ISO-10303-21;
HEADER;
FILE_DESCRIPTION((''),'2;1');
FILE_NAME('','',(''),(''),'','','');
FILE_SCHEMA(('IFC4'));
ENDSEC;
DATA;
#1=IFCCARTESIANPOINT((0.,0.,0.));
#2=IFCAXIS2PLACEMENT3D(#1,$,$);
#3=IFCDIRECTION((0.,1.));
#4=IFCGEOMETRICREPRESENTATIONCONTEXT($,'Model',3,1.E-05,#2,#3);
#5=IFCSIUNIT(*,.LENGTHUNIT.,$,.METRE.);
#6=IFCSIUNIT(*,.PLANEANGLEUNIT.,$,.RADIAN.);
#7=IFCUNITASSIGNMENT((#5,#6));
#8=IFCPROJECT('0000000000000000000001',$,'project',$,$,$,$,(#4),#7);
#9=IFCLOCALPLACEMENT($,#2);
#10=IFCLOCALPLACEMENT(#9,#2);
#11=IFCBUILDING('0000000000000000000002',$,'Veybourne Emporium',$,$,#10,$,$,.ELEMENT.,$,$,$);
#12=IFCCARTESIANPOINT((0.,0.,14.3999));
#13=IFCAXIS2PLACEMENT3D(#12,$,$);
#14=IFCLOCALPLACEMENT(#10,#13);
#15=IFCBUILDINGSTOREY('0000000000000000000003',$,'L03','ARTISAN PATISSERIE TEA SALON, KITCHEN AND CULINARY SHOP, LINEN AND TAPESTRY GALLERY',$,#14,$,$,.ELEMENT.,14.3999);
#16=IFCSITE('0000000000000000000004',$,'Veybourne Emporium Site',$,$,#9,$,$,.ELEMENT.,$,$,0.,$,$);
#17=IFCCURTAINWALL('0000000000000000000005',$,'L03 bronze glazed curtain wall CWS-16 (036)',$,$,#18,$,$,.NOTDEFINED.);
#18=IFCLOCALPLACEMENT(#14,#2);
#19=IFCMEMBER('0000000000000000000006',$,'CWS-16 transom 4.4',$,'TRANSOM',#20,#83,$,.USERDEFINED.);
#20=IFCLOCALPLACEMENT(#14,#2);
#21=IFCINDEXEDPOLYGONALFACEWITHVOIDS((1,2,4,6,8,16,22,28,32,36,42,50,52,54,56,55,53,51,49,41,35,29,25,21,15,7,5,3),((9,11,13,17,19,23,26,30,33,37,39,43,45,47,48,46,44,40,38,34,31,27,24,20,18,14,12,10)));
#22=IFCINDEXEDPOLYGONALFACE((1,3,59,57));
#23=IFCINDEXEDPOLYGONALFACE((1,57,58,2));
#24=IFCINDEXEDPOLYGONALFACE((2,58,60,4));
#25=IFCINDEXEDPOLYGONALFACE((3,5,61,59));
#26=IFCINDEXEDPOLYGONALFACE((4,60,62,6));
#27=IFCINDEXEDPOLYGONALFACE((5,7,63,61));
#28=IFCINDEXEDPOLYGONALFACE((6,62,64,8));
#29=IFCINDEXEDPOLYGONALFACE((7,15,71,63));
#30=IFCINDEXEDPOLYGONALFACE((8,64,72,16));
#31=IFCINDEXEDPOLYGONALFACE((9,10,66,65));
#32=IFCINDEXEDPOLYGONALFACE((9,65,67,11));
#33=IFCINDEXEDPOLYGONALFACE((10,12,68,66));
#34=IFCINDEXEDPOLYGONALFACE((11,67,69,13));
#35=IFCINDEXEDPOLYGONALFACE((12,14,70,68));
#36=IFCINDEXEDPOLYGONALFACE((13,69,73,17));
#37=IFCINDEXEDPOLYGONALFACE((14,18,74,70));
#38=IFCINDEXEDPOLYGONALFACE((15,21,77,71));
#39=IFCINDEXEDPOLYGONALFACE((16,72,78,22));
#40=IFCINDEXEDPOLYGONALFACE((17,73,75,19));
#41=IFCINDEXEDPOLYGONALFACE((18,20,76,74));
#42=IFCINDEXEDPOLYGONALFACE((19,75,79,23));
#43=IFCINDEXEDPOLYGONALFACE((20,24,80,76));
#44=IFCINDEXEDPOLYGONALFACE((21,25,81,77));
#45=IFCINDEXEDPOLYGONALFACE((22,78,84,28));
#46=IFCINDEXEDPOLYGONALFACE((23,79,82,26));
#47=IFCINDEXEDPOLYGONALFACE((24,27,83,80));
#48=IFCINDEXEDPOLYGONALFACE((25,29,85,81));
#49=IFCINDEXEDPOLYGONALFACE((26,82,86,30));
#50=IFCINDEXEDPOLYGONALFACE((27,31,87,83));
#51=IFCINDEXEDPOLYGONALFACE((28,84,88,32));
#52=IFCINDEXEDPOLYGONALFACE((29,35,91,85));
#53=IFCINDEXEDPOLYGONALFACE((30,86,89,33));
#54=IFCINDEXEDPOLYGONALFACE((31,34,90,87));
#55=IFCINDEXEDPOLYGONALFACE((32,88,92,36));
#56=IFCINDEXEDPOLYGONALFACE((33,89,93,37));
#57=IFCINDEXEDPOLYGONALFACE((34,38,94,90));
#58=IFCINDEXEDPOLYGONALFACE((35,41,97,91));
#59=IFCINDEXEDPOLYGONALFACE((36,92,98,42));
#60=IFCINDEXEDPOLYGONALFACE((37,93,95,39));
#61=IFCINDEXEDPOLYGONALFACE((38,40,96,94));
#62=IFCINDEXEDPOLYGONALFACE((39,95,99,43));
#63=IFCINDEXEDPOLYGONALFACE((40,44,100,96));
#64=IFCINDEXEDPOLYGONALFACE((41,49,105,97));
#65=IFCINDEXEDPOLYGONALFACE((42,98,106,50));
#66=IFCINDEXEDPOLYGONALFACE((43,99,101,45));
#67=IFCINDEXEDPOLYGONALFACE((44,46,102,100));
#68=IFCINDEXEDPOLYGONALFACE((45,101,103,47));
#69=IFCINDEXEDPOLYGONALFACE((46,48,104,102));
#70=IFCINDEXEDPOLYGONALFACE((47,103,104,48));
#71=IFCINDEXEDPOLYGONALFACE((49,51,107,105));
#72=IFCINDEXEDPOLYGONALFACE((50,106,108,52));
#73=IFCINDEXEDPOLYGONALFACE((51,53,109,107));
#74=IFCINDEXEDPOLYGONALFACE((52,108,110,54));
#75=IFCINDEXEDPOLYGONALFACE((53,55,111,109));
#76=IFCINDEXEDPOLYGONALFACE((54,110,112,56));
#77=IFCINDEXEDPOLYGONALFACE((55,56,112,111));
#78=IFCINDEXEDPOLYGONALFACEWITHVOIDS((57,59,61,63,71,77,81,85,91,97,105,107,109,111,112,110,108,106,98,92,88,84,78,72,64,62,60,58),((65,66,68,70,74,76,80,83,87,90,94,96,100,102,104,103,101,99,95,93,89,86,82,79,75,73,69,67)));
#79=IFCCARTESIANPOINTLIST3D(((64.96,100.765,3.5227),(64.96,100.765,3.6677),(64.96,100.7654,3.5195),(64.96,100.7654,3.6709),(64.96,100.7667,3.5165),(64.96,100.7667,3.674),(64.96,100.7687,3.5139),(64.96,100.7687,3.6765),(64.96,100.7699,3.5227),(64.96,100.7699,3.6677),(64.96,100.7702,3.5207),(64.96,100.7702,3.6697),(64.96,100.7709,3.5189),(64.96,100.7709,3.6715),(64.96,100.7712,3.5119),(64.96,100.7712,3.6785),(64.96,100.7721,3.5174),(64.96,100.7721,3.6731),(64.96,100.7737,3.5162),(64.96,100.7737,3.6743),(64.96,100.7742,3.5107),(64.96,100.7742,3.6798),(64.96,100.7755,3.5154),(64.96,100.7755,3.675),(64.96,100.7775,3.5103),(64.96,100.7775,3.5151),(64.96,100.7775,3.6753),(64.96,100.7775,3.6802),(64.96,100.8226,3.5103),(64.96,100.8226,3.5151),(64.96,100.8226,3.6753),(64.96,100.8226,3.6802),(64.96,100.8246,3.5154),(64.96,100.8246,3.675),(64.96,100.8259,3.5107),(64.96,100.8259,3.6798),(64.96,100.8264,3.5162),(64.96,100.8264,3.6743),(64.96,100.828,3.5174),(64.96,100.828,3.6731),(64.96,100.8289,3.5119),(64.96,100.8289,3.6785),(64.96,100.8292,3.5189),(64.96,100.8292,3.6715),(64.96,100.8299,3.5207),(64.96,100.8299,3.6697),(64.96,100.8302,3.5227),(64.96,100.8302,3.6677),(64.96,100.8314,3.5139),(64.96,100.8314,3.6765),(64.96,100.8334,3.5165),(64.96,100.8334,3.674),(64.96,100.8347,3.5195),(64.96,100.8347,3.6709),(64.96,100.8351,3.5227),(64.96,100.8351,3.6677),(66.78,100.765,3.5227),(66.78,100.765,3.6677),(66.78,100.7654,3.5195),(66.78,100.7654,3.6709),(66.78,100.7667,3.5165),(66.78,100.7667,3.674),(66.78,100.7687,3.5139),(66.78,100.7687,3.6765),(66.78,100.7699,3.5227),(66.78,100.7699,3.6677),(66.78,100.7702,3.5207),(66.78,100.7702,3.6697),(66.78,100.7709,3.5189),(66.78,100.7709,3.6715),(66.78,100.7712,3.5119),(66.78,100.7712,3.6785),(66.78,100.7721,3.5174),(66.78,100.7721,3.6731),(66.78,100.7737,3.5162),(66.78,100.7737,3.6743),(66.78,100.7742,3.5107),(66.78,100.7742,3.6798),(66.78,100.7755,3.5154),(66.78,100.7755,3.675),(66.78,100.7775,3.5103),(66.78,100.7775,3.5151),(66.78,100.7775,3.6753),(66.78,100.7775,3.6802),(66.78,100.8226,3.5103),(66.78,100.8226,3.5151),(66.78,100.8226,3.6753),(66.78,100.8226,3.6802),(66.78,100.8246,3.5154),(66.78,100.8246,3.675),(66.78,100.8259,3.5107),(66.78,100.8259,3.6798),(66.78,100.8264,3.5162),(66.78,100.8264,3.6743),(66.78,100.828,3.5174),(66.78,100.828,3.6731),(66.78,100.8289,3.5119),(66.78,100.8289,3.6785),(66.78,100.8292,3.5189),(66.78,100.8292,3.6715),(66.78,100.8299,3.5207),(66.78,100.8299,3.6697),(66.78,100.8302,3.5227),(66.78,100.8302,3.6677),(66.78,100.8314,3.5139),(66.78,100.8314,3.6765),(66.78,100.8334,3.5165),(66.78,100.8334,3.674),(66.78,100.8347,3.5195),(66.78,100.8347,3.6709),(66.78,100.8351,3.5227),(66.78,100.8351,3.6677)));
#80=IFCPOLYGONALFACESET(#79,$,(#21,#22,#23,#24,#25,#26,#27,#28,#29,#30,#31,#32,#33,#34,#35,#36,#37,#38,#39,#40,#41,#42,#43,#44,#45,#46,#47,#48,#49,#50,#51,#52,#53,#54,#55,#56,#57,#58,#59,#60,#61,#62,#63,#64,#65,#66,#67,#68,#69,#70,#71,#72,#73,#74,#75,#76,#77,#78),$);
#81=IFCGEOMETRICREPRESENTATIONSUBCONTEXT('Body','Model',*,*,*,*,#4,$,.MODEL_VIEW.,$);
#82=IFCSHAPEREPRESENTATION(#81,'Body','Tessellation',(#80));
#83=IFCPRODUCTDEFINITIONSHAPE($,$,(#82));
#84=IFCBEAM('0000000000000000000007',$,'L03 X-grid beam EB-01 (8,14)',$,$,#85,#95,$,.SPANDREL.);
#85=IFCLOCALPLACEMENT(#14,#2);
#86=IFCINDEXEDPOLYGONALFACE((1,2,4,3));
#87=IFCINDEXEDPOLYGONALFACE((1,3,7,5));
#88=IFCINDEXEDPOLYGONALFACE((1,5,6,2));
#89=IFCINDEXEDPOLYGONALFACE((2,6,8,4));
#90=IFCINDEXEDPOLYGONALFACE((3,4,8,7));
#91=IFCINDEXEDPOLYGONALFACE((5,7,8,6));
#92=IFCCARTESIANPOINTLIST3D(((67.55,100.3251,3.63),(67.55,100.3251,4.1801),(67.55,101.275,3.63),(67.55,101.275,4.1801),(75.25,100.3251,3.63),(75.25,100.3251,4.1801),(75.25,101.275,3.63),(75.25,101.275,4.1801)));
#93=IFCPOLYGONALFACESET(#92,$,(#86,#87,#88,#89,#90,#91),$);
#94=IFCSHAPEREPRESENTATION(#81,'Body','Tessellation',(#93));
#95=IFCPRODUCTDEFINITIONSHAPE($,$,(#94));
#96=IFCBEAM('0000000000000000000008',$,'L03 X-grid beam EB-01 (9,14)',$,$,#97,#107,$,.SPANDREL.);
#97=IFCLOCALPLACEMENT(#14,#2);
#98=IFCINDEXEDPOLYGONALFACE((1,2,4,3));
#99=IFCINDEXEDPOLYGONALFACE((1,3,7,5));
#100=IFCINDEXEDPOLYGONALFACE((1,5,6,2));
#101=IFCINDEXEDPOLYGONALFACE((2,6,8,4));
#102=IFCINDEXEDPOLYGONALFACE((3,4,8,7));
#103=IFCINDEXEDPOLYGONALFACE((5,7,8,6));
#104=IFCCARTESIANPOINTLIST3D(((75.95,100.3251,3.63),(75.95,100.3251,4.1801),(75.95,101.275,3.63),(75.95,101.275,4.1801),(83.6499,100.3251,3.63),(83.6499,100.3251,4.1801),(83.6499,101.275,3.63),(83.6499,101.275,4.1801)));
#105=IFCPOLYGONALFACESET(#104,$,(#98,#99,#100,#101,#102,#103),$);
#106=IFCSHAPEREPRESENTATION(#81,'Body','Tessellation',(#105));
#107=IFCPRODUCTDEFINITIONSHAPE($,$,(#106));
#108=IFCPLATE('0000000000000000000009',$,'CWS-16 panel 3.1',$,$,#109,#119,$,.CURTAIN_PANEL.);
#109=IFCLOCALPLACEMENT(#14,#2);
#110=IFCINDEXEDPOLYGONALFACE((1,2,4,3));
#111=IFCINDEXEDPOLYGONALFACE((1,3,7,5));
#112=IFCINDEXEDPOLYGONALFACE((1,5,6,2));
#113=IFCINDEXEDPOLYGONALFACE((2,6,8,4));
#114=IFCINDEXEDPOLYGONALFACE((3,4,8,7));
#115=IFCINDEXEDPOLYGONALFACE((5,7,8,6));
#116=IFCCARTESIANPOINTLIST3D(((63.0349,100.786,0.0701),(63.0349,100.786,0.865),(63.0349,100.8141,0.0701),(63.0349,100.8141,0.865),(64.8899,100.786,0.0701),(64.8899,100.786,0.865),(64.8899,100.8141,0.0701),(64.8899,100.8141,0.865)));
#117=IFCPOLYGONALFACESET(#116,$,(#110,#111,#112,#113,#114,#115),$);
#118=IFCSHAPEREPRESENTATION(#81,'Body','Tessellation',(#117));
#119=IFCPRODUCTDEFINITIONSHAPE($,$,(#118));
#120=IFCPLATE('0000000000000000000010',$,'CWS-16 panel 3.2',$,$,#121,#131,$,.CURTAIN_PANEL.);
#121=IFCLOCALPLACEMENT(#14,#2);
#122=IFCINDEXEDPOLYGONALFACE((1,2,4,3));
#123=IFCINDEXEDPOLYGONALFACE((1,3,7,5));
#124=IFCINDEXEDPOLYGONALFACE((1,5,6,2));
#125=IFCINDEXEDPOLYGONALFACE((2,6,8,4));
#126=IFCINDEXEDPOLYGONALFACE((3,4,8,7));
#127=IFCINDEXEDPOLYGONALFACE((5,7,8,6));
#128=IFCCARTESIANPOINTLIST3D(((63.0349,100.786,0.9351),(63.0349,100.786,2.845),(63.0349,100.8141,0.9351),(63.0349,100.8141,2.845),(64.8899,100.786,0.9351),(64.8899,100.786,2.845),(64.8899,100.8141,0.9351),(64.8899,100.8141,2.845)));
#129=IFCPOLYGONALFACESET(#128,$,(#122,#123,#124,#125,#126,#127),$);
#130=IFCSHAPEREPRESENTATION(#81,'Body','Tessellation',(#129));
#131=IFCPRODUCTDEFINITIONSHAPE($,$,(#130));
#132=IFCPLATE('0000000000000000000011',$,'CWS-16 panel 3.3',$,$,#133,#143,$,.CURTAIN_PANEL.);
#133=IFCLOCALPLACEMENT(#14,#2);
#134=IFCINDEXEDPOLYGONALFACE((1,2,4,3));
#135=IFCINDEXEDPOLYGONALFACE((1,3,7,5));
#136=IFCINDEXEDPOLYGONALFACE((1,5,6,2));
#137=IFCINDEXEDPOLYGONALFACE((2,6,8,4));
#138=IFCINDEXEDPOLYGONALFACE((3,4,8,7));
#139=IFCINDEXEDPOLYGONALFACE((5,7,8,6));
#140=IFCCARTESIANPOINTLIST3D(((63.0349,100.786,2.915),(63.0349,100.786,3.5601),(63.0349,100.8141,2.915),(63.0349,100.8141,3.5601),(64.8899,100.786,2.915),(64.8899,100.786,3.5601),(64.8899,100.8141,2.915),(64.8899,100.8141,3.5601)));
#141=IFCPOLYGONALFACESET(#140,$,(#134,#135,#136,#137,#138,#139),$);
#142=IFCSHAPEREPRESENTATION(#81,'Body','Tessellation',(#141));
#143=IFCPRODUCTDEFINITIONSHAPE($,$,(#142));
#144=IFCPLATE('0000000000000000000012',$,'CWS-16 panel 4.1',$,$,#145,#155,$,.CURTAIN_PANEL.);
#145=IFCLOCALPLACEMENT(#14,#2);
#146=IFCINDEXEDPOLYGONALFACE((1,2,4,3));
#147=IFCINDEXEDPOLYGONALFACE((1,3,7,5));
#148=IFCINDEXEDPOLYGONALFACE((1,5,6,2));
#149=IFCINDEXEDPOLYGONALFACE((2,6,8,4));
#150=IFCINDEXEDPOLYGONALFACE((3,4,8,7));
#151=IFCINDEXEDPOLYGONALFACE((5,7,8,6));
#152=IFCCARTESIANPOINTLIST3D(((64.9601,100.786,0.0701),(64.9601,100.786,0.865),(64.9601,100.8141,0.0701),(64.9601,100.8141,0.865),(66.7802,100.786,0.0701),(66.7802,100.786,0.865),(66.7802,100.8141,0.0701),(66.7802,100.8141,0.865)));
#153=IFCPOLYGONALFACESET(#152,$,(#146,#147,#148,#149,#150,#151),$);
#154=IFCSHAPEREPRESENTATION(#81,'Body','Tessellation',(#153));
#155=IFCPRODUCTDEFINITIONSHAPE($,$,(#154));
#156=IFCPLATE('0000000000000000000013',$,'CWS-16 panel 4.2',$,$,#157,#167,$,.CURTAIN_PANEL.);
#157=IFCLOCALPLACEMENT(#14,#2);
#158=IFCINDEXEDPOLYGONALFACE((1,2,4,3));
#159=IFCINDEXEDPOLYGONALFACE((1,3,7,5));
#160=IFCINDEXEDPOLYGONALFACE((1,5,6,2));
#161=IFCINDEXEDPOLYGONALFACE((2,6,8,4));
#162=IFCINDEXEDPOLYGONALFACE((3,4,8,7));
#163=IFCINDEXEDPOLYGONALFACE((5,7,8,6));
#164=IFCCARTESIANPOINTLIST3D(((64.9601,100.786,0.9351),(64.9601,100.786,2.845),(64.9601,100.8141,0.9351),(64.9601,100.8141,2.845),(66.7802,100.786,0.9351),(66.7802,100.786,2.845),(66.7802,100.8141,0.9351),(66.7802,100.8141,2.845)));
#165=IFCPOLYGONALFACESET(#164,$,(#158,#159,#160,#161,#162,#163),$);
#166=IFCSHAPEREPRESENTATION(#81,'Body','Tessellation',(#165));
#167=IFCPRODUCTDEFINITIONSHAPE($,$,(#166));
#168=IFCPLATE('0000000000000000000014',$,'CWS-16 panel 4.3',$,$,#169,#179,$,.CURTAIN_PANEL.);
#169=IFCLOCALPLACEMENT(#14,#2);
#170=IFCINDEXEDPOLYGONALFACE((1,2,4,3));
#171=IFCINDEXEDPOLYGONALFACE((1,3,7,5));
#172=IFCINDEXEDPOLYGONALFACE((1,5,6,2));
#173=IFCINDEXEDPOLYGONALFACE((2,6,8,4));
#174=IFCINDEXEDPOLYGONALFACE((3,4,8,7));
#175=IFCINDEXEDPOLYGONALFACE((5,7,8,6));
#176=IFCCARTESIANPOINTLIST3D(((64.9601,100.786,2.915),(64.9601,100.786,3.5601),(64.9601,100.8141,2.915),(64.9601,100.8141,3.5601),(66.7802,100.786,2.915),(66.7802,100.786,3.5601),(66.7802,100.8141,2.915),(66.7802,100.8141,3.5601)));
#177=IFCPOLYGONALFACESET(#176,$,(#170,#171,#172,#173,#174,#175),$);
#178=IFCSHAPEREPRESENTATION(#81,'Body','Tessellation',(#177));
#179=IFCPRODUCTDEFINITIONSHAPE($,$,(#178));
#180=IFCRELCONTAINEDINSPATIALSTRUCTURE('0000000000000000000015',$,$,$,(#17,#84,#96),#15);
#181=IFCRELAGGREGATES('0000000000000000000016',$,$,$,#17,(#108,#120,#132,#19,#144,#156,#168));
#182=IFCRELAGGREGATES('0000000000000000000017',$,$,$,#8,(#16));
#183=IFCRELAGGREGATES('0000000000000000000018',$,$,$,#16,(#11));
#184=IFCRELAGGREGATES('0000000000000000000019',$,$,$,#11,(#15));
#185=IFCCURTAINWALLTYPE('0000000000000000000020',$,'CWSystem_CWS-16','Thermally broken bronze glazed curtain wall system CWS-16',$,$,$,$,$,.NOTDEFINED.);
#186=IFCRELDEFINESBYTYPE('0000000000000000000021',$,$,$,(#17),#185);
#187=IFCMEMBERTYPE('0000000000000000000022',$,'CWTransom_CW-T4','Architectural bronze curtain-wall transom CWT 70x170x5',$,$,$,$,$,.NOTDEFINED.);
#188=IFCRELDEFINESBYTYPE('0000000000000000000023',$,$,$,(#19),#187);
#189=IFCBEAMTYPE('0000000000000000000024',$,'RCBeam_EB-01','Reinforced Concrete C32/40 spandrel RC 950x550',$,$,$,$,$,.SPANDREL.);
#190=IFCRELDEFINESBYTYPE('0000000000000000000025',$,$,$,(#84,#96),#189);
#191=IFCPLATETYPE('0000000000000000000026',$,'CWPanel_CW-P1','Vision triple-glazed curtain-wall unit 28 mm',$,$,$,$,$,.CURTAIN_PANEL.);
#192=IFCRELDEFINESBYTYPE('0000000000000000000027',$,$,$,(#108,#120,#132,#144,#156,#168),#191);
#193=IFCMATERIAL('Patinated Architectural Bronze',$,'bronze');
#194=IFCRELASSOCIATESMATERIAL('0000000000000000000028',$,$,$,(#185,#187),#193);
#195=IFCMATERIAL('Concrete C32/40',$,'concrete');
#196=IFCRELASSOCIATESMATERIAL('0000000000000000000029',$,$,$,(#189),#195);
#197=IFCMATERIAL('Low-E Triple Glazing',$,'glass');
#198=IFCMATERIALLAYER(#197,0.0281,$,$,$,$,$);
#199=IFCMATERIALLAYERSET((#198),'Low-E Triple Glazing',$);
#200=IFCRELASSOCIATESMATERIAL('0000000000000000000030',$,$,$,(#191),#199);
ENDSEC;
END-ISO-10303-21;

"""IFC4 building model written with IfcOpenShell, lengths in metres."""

from ifc_helpers import new_model, si_unit, direction, frame, origin, origin_2d, place, context, subcontext, project, spatial, rectangle, hollow_rectangle, extrude, material, layer, layer_set, material_profile, profile_set, type_object, element, aggregate, save


model = new_model("IFC4")

# Units and contexts
model_context = context("Model", 3, precision=1e-05, world=origin(), true_north=direction((0.0, 1.0)))
body_context = subcontext(model_context, "Body", "Model", "MODEL_VIEW")
ifc_project = project(units=[si_unit("LENGTHUNIT", "METRE"), si_unit("PLANEANGLEUNIT", "RADIAN")], contexts=[model_context])

# Site, building, storey
site_placement = place(None, origin())
site = spatial("IfcSite", under=ifc_project, at=site_placement, Name="Veybourne Emporium Site", CompositionType="ELEMENT", RefElevation=0.0)
building_placement = place(site_placement, origin())
building = spatial("IfcBuilding", under=site, at=building_placement, Name="Veybourne Emporium", CompositionType="ELEMENT")
storey_placement = place(building_placement, frame((0.0, 0.0, 14.3999)))
storey = spatial("IfcBuildingStorey", under=building, at=storey_placement, Name="L03", Description="ARTISAN PATISSERIE TEA SALON, KITCHEN AND CULINARY SHOP, LINEN AND TAPESTRY GALLERY", CompositionType="ELEMENT", Elevation=14.3999)

# Curtain wall, member
ifc_material_1 = material(Name="Patinated Architectural Bronze", Category="bronze")
curtain_wall_type = type_object("IfcCurtainWallType", Name="CWSystem_CWS-16", Description="Thermally broken bronze glazed curtain wall system CWS-16", PredefinedType="NOTDEFINED", material=ifc_material_1)
curtain_wall_placement = place(storey_placement, origin())
curtain_wall = element("IfcCurtainWall", 1, at=curtain_wall_placement, inside=storey, type_object=curtain_wall_type, Name="L03 bronze glazed curtain wall CWS-16 (036)", PredefinedType="NOTDEFINED")
ifc_material_profile_1 = material_profile(ifc_material_1, hollow_rectangle(XDim=0.0701, YDim=0.1699, WallThickness=0.0049, InnerFilletRadius=0.0076, OuterFilletRadius=0.0125, at=origin_2d()), Name="CWT 70x170x5")
ifc_profile_set_1 = profile_set([ifc_material_profile_1], Name="Patinated Architectural Bronze")
member_type_1 = type_object("IfcMemberType", Name="CWTransom_CW-T4", Description="Architectural bronze curtain-wall transom CWT 70x170x5", PredefinedType="NOTDEFINED", material=ifc_profile_set_1)
member_1_placement = place(storey_placement, frame((64.96, 100.8, 3.5952), z_axis=(1.0, 0.0, 0.0), x_axis=(0.0, 1.0, 0.0)))
member_1 = element("IfcMember", 2, at=member_1_placement, type_object=member_type_1, Name="CWS-16 transom 4.4", ObjectType="TRANSOM", PredefinedType="USERDEFINED", context=body_context, shape_type="SweptSolid", body=[
    extrude(hollow_rectangle(XDim=0.0701, YDim=0.1699, WallThickness=0.0049, InnerFilletRadius=0.0076, OuterFilletRadius=0.0125, at=origin_2d()), origin(), (0.0, 0.0, 1.0), 1.8201),
])

# Beams
ifc_material_2 = material(Name="Concrete C32/40", Category="concrete")
ifc_material_profile_2 = material_profile(ifc_material_2, rectangle(XDim=0.95, YDim=0.55, at=origin_2d()), Name="RC 950x550")
ifc_profile_set_2 = profile_set([ifc_material_profile_2], Name="Concrete C32/40")
beam_type = type_object("IfcBeamType", Name="RCBeam_EB-01", Description="Reinforced Concrete C32/40 spandrel RC 950x550", PredefinedType="SPANDREL", material=ifc_profile_set_2)
for number, where, z_axis, x_axis, name in (
    (3, (67.55, 100.8, 3.905), (1.0, 0.0, 0.0), (0.0, 1.0, 0.0), "L03 X-grid beam EB-01 (8,14)"),
    (4, (75.95, 100.8, 3.905), (1.0, 0.0, 0.0), (0.0, 1.0, 0.0), "L03 X-grid beam EB-01 (9,14)"),
):
    element("IfcBeam", number, at=place(storey_placement, frame(where, z_axis=z_axis, x_axis=x_axis)), inside=storey, type_object=beam_type, Name=name, PredefinedType="SPANDREL", context=body_context, shape_type="SweptSolid", body=[
        extrude(rectangle(XDim=0.95, YDim=0.55, at=origin_2d()), origin(), (0.0, 0.0, 1.0), 7.7),
    ])

# Plates
ifc_material_3 = material(Name="Low-E Triple Glazing", Category="glass")
ifc_layer_1 = layer(ifc_material_3, 0.0281)
ifc_layer_set_1 = layer_set([ifc_layer_1], Name="Low-E Triple Glazing")
plate_type = type_object("IfcPlateType", Name="CWPanel_CW-P1", Description="Vision triple-glazed curtain-wall unit 28 mm", PredefinedType="CURTAIN_PANEL", material=ifc_layer_set_1)
plate_1_placement = place(storey_placement, frame((63.9624, 100.8, 0.0701), z_axis=(0.0, 0.0, 1.0), x_axis=(1.0, 0.0, 0.0)))
plate_1 = element("IfcPlate", 5, at=plate_1_placement, type_object=plate_type, Name="CWS-16 panel 3.1", PredefinedType="CURTAIN_PANEL", context=body_context, shape_type="SweptSolid", body=[
    extrude(rectangle(XDim=1.855, YDim=0.0281, at=origin_2d()), origin(), (0.0, 0.0, 1.0), 0.7949),
])
plate_2_placement = place(storey_placement, frame((63.9624, 100.8, 0.9351), z_axis=(0.0, 0.0, 1.0), x_axis=(1.0, 0.0, 0.0)))
plate_2 = element("IfcPlate", 6, at=plate_2_placement, type_object=plate_type, Name="CWS-16 panel 3.2", PredefinedType="CURTAIN_PANEL", context=body_context, shape_type="SweptSolid", body=[
    extrude(rectangle(XDim=1.855, YDim=0.0281, at=origin_2d()), origin(), (0.0, 0.0, 1.0), 1.9099),
])
plate_3_placement = place(storey_placement, frame((63.9624, 100.8, 2.915), z_axis=(0.0, 0.0, 1.0), x_axis=(1.0, 0.0, 0.0)))
plate_3 = element("IfcPlate", 7, at=plate_3_placement, type_object=plate_type, Name="CWS-16 panel 3.3", PredefinedType="CURTAIN_PANEL", context=body_context, shape_type="SweptSolid", body=[
    extrude(rectangle(XDim=1.855, YDim=0.0281, at=origin_2d()), origin(), (0.0, 0.0, 1.0), 0.645),
])
plate_4_placement = place(storey_placement, frame((65.8701, 100.8, 0.0701), z_axis=(0.0, 0.0, 1.0), x_axis=(1.0, 0.0, 0.0)))
plate_4 = element("IfcPlate", 8, at=plate_4_placement, type_object=plate_type, Name="CWS-16 panel 4.1", PredefinedType="CURTAIN_PANEL", context=body_context, shape_type="SweptSolid", body=[
    extrude(rectangle(XDim=1.8201, YDim=0.0281, at=origin_2d()), origin(), (0.0, 0.0, 1.0), 0.7949),
])
plate_5_placement = place(storey_placement, frame((65.8701, 100.8, 0.9351), z_axis=(0.0, 0.0, 1.0), x_axis=(1.0, 0.0, 0.0)))
plate_5 = element("IfcPlate", 9, at=plate_5_placement, type_object=plate_type, Name="CWS-16 panel 4.2", PredefinedType="CURTAIN_PANEL", context=body_context, shape_type="SweptSolid", body=[
    extrude(rectangle(XDim=1.8201, YDim=0.0281, at=origin_2d()), origin(), (0.0, 0.0, 1.0), 1.9099),
])
plate_6_placement = place(storey_placement, frame((65.8701, 100.8, 2.915), z_axis=(0.0, 0.0, 1.0), x_axis=(1.0, 0.0, 0.0)))
plate_6 = element("IfcPlate", 10, at=plate_6_placement, type_object=plate_type, Name="CWS-16 panel 4.3", PredefinedType="CURTAIN_PANEL", context=body_context, shape_type="SweptSolid", body=[
    extrude(rectangle(XDim=1.8201, YDim=0.0281, at=origin_2d()), origin(), (0.0, 0.0, 1.0), 0.645),
])
aggregate(curtain_wall, [plate_1, plate_2, plate_3, member_1, plate_4, plate_5, plate_6])

save(model, "model.ifc")
